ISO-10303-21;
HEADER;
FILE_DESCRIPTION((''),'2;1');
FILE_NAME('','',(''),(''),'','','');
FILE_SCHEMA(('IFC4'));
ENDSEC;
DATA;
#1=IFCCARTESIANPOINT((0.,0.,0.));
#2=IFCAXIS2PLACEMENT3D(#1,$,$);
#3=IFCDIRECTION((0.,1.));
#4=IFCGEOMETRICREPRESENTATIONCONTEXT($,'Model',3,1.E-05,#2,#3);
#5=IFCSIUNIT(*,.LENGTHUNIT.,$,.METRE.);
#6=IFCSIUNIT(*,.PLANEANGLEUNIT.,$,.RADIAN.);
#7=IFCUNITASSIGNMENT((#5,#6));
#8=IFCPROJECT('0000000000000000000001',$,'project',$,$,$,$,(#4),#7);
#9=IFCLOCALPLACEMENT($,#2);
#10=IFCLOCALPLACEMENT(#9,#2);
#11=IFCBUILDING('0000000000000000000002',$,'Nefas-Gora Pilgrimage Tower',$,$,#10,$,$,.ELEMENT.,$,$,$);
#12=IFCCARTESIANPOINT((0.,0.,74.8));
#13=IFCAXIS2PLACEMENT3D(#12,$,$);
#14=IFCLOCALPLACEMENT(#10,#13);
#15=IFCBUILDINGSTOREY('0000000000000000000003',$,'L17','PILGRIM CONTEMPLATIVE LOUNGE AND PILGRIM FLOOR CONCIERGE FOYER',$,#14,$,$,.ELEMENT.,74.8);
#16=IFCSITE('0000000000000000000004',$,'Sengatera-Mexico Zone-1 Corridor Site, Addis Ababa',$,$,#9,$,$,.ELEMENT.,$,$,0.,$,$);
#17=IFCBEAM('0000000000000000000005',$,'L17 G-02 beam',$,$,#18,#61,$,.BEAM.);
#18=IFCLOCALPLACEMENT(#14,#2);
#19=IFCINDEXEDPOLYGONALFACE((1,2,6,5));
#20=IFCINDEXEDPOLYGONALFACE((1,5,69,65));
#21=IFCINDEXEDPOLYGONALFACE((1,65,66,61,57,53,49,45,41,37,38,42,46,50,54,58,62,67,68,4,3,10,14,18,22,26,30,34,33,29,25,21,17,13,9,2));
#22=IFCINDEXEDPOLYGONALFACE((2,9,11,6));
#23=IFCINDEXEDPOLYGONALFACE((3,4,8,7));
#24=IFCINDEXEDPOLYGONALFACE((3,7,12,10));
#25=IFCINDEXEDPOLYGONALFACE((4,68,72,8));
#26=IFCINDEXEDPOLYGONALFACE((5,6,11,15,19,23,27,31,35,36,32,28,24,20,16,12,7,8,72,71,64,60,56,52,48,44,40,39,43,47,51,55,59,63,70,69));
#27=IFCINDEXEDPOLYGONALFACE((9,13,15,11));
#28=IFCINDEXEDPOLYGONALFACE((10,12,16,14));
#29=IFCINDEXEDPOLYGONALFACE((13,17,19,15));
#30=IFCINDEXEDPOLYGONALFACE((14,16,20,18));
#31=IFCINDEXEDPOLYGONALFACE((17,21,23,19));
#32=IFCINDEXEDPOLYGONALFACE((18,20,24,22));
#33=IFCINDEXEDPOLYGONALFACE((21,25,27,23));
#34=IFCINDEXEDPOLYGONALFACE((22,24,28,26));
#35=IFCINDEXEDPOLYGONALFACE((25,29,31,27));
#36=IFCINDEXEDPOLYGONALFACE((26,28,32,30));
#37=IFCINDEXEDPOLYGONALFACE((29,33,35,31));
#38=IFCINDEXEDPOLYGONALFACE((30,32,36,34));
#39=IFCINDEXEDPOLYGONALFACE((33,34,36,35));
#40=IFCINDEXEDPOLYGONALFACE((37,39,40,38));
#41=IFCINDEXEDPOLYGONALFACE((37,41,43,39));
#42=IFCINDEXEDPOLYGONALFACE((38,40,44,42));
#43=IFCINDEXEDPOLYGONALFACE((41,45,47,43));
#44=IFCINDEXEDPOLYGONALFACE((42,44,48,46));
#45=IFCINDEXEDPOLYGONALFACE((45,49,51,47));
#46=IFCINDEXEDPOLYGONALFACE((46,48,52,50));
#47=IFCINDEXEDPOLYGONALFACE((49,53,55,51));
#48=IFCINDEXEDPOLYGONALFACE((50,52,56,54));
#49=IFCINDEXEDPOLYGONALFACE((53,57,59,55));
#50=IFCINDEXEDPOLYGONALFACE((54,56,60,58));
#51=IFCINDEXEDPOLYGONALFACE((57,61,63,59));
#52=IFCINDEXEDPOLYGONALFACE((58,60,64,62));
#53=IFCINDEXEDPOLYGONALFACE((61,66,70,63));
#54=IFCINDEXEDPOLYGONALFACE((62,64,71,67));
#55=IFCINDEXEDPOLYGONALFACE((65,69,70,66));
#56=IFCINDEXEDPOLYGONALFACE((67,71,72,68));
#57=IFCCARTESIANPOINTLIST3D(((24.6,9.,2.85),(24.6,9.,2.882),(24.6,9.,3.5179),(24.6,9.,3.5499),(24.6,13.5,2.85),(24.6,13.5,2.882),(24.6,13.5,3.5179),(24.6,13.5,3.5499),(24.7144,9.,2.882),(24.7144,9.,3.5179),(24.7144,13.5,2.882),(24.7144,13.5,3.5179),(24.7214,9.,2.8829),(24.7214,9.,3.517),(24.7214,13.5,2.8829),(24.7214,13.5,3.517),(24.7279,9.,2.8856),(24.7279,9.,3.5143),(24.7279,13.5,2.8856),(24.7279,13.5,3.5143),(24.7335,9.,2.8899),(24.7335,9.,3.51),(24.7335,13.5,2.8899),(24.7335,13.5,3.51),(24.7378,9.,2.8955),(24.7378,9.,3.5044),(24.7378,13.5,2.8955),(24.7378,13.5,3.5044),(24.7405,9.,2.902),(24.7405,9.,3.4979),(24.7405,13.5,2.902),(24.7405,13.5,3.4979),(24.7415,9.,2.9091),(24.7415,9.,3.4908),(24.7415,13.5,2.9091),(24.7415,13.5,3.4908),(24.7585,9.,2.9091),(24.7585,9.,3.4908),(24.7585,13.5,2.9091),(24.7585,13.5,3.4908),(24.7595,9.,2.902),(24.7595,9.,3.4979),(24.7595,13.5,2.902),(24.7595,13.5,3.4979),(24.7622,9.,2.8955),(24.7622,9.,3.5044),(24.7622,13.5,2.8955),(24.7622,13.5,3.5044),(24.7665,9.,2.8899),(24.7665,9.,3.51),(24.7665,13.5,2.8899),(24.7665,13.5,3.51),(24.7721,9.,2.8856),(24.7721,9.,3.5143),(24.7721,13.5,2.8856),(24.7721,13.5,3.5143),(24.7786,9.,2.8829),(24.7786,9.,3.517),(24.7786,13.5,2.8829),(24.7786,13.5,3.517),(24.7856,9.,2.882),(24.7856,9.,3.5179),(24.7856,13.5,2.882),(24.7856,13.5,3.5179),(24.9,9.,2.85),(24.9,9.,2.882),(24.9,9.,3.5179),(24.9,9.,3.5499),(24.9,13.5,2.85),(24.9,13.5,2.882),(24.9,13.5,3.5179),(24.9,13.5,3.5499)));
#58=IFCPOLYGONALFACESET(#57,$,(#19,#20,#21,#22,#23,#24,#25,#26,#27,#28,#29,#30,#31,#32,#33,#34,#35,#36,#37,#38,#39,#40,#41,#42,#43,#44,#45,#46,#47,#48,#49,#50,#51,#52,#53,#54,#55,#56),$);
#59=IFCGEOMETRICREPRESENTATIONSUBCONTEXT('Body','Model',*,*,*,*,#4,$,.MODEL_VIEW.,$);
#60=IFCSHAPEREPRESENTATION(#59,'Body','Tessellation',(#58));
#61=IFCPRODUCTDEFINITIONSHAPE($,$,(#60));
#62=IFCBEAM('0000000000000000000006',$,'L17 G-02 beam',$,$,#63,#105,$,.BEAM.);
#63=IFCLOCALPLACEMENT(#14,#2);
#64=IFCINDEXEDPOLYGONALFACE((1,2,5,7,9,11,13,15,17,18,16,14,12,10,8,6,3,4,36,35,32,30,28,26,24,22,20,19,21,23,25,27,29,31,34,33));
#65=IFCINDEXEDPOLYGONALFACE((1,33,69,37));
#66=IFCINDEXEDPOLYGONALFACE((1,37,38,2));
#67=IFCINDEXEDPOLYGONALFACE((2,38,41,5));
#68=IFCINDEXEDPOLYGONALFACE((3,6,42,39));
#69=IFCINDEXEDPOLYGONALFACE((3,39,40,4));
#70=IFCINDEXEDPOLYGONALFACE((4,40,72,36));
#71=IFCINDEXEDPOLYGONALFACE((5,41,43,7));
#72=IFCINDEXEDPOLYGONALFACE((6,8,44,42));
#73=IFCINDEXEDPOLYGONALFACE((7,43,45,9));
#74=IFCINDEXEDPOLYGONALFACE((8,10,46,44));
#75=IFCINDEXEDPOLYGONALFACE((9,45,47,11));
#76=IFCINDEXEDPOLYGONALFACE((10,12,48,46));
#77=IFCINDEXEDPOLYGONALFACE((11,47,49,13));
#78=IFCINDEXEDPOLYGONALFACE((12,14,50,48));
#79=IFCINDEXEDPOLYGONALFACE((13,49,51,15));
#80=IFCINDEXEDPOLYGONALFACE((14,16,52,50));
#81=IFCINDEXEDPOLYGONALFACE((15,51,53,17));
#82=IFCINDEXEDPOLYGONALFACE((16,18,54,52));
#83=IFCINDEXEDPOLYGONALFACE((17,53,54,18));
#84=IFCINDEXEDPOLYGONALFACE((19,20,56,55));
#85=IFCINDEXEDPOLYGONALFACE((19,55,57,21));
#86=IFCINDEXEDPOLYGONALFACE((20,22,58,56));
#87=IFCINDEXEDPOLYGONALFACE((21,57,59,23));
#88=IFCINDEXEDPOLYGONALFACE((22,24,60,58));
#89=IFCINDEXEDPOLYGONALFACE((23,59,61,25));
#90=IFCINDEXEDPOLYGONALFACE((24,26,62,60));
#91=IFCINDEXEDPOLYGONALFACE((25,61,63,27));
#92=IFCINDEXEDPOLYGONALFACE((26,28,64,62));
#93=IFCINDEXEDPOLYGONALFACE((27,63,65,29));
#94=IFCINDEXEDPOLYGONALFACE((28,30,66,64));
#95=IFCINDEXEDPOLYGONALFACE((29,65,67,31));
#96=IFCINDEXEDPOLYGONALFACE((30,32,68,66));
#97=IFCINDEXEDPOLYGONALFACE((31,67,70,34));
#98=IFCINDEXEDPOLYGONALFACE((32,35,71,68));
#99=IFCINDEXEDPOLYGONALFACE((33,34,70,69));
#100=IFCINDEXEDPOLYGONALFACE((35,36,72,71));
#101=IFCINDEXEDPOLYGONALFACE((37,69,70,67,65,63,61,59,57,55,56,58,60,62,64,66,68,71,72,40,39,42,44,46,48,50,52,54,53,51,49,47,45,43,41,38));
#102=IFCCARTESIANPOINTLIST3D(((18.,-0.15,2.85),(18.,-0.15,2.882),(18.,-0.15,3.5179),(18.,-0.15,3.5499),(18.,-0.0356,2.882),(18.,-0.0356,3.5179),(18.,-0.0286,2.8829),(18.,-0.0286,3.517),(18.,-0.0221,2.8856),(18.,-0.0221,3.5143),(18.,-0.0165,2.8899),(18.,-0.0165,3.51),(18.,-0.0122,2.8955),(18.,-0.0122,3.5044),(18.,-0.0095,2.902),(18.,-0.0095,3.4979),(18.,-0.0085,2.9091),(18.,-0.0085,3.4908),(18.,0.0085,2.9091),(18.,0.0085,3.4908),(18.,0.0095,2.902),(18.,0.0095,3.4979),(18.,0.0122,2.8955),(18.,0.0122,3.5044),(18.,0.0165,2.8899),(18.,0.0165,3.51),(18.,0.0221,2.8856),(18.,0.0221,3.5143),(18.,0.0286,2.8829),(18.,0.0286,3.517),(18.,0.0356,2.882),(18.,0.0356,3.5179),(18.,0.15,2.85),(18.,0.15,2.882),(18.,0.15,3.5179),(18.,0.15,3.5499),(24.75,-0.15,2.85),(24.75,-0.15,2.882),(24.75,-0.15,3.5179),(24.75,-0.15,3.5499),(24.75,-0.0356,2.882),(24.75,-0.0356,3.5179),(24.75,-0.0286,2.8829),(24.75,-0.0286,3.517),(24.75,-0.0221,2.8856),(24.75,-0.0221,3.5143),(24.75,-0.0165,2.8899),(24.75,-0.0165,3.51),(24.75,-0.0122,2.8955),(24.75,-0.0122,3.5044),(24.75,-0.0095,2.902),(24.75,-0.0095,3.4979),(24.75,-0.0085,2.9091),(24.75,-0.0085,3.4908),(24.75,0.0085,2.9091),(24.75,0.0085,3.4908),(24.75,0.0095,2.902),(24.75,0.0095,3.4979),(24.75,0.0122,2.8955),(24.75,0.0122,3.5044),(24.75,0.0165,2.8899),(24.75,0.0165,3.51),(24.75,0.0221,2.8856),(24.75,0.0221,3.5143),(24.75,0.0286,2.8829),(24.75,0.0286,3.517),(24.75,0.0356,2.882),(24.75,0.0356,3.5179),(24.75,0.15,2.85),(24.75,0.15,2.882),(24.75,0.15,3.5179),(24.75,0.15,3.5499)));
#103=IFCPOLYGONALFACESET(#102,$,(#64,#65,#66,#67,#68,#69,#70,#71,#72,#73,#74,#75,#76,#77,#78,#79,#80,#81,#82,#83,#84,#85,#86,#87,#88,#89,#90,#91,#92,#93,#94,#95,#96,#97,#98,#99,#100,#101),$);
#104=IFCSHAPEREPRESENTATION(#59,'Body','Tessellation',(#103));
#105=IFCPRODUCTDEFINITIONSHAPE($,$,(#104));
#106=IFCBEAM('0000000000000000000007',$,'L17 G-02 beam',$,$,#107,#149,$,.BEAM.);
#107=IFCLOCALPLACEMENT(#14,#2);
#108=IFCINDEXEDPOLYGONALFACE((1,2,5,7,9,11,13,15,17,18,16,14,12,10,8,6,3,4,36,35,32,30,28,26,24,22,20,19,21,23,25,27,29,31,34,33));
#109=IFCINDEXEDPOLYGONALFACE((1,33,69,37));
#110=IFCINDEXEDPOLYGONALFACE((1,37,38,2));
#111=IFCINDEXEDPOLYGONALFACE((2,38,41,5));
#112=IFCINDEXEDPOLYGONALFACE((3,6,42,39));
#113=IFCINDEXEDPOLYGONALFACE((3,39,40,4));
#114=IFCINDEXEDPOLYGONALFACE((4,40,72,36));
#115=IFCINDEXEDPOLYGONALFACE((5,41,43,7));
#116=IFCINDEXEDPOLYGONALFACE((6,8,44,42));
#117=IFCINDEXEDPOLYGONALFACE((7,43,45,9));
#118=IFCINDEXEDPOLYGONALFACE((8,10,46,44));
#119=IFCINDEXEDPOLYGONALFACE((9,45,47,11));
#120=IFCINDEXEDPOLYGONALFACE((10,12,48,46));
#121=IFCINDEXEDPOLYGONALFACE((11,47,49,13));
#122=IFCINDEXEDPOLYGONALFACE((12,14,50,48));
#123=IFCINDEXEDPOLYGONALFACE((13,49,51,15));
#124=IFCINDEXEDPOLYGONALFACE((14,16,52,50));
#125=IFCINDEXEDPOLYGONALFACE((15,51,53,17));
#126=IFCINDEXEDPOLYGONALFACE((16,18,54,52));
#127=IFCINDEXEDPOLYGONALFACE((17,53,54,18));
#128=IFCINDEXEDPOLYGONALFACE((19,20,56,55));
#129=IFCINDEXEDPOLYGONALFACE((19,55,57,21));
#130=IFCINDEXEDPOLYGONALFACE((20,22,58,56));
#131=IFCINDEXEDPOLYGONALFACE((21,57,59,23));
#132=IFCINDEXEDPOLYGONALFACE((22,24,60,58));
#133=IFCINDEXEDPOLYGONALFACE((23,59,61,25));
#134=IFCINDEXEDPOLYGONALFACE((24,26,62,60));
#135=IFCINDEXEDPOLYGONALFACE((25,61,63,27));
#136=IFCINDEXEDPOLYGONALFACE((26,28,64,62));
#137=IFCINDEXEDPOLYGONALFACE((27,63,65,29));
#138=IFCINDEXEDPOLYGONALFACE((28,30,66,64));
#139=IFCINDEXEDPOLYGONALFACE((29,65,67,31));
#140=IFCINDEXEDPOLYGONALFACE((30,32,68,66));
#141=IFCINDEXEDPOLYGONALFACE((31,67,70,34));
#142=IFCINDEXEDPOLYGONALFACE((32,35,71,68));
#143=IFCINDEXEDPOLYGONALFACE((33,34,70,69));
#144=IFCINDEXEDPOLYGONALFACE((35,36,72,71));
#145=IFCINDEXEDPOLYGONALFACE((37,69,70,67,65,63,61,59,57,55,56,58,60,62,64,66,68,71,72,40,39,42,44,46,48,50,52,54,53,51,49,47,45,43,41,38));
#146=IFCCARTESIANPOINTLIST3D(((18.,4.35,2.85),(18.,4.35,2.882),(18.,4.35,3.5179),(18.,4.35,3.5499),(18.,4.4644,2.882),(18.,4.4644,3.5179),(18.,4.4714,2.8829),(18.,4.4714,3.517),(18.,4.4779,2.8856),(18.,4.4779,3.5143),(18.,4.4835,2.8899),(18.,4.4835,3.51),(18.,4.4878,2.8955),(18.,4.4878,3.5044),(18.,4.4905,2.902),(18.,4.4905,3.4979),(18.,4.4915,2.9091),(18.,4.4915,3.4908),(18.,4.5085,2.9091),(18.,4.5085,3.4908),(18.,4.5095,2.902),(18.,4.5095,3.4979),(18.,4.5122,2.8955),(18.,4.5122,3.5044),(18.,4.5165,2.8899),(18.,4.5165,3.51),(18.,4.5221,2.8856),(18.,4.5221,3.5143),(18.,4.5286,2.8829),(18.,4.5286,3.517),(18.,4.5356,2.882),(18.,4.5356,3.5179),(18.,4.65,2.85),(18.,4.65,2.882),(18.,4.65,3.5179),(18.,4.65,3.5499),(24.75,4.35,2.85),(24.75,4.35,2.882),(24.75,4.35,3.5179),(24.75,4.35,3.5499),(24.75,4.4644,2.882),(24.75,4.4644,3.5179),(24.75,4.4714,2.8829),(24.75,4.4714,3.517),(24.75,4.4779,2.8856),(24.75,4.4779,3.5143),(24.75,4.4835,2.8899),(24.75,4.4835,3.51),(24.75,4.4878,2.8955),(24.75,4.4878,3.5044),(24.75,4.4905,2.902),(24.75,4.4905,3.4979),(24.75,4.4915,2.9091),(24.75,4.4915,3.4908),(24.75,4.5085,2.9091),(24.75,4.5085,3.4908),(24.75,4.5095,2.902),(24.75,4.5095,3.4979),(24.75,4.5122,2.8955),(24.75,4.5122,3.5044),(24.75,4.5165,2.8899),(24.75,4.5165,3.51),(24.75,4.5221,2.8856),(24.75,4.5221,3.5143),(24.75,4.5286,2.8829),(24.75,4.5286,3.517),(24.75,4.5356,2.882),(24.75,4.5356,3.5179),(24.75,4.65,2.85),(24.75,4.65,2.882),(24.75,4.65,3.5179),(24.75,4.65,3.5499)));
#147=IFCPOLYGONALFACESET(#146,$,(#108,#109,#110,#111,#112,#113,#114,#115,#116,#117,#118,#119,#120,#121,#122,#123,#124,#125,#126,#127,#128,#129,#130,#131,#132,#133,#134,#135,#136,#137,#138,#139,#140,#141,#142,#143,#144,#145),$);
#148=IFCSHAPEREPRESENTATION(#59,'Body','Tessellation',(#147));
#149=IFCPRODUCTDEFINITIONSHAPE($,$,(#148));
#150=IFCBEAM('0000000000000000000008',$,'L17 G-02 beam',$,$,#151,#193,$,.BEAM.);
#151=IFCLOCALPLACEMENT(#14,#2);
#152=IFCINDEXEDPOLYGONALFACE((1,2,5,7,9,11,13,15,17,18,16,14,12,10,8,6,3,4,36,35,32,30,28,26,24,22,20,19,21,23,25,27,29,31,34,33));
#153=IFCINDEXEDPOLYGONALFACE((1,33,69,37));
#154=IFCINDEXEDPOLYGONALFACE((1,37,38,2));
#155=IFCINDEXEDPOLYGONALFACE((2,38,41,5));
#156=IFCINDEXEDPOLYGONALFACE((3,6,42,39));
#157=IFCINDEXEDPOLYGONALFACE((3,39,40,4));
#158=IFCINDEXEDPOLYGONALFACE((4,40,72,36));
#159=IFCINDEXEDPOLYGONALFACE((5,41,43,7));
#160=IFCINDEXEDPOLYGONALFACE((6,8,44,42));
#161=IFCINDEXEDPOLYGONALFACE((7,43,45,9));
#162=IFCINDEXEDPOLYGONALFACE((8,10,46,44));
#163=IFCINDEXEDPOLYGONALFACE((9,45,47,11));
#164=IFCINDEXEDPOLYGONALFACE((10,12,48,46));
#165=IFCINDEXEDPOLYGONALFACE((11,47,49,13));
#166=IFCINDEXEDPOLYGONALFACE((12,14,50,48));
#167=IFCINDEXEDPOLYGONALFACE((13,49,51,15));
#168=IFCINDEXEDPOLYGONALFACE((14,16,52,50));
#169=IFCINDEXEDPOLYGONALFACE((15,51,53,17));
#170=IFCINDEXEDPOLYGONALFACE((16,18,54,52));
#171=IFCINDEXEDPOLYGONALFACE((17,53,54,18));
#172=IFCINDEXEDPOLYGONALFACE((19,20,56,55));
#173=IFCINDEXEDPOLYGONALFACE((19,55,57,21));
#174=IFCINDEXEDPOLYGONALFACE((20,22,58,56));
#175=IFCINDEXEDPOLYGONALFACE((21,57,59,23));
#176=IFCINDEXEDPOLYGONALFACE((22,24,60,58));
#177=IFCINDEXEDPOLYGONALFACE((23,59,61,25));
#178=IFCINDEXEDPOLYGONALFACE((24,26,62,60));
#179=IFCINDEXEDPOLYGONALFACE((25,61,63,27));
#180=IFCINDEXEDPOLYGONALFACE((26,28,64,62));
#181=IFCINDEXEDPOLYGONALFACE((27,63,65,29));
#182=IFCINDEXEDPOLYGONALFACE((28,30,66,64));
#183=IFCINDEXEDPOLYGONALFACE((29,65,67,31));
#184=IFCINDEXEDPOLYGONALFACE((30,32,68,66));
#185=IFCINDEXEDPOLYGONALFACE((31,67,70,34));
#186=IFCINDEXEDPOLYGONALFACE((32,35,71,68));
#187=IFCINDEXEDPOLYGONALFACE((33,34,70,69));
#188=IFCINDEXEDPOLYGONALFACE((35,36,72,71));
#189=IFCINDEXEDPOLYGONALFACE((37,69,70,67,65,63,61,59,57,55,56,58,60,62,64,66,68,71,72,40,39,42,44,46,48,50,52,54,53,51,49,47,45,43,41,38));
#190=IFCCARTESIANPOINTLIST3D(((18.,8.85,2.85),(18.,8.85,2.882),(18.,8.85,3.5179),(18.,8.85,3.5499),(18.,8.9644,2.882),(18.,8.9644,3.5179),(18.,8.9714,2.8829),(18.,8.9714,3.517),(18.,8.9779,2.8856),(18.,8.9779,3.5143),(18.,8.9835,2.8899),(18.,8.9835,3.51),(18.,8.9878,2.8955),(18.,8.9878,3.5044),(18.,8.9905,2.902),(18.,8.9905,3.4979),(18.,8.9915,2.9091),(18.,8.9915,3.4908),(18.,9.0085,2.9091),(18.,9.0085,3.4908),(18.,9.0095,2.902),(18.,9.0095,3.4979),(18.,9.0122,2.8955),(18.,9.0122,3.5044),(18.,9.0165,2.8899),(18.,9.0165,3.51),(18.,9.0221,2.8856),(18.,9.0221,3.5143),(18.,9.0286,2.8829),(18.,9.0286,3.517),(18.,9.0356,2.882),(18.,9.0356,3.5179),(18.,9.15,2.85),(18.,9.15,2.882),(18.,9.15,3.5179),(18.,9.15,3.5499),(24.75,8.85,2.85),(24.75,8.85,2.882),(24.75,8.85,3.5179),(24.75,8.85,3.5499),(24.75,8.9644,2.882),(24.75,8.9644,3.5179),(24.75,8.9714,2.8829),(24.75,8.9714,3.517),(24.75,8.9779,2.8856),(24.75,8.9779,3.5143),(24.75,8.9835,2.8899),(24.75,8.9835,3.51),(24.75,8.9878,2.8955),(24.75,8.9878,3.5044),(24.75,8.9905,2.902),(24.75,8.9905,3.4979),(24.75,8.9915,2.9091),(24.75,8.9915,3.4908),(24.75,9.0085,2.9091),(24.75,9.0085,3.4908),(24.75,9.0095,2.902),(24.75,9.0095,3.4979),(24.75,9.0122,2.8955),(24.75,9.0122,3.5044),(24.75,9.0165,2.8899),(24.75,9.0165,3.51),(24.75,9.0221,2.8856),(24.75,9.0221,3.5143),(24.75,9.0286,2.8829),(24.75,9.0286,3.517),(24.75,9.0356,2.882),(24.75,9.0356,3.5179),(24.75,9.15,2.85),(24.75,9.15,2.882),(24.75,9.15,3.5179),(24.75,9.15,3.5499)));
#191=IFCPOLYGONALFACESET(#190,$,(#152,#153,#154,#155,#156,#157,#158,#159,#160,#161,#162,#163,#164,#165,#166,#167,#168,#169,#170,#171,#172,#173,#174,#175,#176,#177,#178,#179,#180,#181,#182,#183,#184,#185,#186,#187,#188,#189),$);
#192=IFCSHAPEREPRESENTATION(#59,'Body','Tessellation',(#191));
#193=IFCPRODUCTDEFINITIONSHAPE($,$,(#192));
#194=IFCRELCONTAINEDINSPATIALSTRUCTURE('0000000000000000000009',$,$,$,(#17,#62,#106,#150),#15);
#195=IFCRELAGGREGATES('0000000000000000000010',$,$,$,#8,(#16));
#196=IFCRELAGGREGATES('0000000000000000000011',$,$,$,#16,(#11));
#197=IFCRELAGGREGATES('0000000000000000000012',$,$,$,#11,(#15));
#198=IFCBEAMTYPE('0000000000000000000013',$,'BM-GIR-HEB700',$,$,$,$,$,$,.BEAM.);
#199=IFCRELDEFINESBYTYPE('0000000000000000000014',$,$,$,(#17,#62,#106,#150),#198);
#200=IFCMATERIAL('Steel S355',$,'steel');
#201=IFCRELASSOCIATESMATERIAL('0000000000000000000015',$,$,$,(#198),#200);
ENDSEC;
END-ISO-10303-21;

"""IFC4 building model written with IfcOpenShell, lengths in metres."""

from ifc_helpers import new_model, si_unit, direction, frame, origin, origin_2d, place, context, subcontext, project, spatial, i_section, extrude, source, transform, mapped, material, material_profile, profile_set, type_object, element, save


model = new_model("IFC4")

# Units and contexts
model_context = context("Model", 3, precision=1e-05, world=origin(), true_north=direction((0.0, 1.0)))
body_context = subcontext(model_context, "Body", "Model", "MODEL_VIEW")
ifc_project = project(units=[si_unit("LENGTHUNIT", "METRE"), si_unit("PLANEANGLEUNIT", "RADIAN")], contexts=[model_context])

# Site, building, storey
site_placement = place(None, origin())
site = spatial("IfcSite", under=ifc_project, at=site_placement, Name="Sengatera-Mexico Zone-1 Corridor Site, Addis Ababa", CompositionType="ELEMENT", RefElevation=0.0)
building_placement = place(site_placement, origin())
building = spatial("IfcBuilding", under=site, at=building_placement, Name="Nefas-Gora Pilgrimage Tower", CompositionType="ELEMENT")
storey_placement = place(building_placement, frame((0.0, 0.0, 74.8)))
storey = spatial("IfcBuildingStorey", under=building, at=storey_placement, Name="L17", Description="PILGRIM CONTEMPLATIVE LOUNGE AND PILGRIM FLOOR CONCIERGE FOYER", CompositionType="ELEMENT", Elevation=74.8)

# Beams
ifc_material_1 = material(Name="Steel S355", Category="steel")
ifc_material_profile_1 = material_profile(ifc_material_1, i_section(OverallWidth=0.3, OverallDepth=0.7, WebThickness=0.0171, FlangeThickness=0.032, FilletRadius=0.0271, at=origin_2d()), Name="HEB 700")
ifc_profile_set_1 = profile_set([ifc_material_profile_1], Name="Steel S355")
beam_type_1 = type_object("IfcBeamType", Name="BM-GIR-HEB700", PredefinedType="BEAM", material=ifc_profile_set_1)
shared_shape_1 = source(origin(), body_context, "Body", "SweptSolid", [
    extrude(i_section(OverallWidth=0.3, OverallDepth=0.7, WebThickness=0.0171, FlangeThickness=0.032, FilletRadius=0.0271, at=origin_2d()), origin(), (0.0, 0.0, 1.0), 4.5),
])
for number, where, z_axis, x_axis, name in (
    (1, (24.75, 9.0, 3.2), (0.0, 1.0, 0.0), (-1.0, 0.0, 0.0), "L17 G-02 beam"),
):
    element("IfcBeam", number, at=place(storey_placement, frame(where, z_axis=z_axis, x_axis=x_axis)), inside=storey, type_object=beam_type_1, Name=name, PredefinedType="BEAM", context=body_context, shape_type="MappedRepresentation", body=[
        mapped(shared_shape_1, transform((0.0, 0.0, 0.0), x_axis=(1.0, 0.0, 0.0), y_axis=(0.0, 1.0, 0.0), z_axis=(0.0, 0.0, 1.0), scale=1.0)),
    ])
shared_shape_2 = source(origin(), body_context, "Body", "SweptSolid", [
    extrude(i_section(OverallWidth=0.3, OverallDepth=0.7, WebThickness=0.0171, FlangeThickness=0.032, FilletRadius=0.0271, at=origin_2d()), origin(), (0.0, 0.0, 1.0), 6.75),
])
for number, where, z_axis, x_axis, name in (
    (2, (18.0, 0.0, 3.2), (1.0, 0.0, 0.0), (0.0, 1.0, 0.0), "L17 G-02 beam"),
    (3, (18.0, 4.5, 3.2), (1.0, 0.0, 0.0), (0.0, 1.0, 0.0), "L17 G-02 beam"),
    (4, (18.0, 9.0, 3.2), (1.0, 0.0, 0.0), (0.0, 1.0, 0.0), "L17 G-02 beam"),
):
    element("IfcBeam", number, at=place(storey_placement, frame(where, z_axis=z_axis, x_axis=x_axis)), inside=storey, type_object=beam_type_1, Name=name, PredefinedType="BEAM", context=body_context, shape_type="MappedRepresentation", body=[
        mapped(shared_shape_2, transform((0.0, 0.0, 0.0), x_axis=(1.0, 0.0, 0.0), y_axis=(0.0, 1.0, 0.0), z_axis=(0.0, 0.0, 1.0), scale=1.0)),
    ])

save(model, "model.ifc")
